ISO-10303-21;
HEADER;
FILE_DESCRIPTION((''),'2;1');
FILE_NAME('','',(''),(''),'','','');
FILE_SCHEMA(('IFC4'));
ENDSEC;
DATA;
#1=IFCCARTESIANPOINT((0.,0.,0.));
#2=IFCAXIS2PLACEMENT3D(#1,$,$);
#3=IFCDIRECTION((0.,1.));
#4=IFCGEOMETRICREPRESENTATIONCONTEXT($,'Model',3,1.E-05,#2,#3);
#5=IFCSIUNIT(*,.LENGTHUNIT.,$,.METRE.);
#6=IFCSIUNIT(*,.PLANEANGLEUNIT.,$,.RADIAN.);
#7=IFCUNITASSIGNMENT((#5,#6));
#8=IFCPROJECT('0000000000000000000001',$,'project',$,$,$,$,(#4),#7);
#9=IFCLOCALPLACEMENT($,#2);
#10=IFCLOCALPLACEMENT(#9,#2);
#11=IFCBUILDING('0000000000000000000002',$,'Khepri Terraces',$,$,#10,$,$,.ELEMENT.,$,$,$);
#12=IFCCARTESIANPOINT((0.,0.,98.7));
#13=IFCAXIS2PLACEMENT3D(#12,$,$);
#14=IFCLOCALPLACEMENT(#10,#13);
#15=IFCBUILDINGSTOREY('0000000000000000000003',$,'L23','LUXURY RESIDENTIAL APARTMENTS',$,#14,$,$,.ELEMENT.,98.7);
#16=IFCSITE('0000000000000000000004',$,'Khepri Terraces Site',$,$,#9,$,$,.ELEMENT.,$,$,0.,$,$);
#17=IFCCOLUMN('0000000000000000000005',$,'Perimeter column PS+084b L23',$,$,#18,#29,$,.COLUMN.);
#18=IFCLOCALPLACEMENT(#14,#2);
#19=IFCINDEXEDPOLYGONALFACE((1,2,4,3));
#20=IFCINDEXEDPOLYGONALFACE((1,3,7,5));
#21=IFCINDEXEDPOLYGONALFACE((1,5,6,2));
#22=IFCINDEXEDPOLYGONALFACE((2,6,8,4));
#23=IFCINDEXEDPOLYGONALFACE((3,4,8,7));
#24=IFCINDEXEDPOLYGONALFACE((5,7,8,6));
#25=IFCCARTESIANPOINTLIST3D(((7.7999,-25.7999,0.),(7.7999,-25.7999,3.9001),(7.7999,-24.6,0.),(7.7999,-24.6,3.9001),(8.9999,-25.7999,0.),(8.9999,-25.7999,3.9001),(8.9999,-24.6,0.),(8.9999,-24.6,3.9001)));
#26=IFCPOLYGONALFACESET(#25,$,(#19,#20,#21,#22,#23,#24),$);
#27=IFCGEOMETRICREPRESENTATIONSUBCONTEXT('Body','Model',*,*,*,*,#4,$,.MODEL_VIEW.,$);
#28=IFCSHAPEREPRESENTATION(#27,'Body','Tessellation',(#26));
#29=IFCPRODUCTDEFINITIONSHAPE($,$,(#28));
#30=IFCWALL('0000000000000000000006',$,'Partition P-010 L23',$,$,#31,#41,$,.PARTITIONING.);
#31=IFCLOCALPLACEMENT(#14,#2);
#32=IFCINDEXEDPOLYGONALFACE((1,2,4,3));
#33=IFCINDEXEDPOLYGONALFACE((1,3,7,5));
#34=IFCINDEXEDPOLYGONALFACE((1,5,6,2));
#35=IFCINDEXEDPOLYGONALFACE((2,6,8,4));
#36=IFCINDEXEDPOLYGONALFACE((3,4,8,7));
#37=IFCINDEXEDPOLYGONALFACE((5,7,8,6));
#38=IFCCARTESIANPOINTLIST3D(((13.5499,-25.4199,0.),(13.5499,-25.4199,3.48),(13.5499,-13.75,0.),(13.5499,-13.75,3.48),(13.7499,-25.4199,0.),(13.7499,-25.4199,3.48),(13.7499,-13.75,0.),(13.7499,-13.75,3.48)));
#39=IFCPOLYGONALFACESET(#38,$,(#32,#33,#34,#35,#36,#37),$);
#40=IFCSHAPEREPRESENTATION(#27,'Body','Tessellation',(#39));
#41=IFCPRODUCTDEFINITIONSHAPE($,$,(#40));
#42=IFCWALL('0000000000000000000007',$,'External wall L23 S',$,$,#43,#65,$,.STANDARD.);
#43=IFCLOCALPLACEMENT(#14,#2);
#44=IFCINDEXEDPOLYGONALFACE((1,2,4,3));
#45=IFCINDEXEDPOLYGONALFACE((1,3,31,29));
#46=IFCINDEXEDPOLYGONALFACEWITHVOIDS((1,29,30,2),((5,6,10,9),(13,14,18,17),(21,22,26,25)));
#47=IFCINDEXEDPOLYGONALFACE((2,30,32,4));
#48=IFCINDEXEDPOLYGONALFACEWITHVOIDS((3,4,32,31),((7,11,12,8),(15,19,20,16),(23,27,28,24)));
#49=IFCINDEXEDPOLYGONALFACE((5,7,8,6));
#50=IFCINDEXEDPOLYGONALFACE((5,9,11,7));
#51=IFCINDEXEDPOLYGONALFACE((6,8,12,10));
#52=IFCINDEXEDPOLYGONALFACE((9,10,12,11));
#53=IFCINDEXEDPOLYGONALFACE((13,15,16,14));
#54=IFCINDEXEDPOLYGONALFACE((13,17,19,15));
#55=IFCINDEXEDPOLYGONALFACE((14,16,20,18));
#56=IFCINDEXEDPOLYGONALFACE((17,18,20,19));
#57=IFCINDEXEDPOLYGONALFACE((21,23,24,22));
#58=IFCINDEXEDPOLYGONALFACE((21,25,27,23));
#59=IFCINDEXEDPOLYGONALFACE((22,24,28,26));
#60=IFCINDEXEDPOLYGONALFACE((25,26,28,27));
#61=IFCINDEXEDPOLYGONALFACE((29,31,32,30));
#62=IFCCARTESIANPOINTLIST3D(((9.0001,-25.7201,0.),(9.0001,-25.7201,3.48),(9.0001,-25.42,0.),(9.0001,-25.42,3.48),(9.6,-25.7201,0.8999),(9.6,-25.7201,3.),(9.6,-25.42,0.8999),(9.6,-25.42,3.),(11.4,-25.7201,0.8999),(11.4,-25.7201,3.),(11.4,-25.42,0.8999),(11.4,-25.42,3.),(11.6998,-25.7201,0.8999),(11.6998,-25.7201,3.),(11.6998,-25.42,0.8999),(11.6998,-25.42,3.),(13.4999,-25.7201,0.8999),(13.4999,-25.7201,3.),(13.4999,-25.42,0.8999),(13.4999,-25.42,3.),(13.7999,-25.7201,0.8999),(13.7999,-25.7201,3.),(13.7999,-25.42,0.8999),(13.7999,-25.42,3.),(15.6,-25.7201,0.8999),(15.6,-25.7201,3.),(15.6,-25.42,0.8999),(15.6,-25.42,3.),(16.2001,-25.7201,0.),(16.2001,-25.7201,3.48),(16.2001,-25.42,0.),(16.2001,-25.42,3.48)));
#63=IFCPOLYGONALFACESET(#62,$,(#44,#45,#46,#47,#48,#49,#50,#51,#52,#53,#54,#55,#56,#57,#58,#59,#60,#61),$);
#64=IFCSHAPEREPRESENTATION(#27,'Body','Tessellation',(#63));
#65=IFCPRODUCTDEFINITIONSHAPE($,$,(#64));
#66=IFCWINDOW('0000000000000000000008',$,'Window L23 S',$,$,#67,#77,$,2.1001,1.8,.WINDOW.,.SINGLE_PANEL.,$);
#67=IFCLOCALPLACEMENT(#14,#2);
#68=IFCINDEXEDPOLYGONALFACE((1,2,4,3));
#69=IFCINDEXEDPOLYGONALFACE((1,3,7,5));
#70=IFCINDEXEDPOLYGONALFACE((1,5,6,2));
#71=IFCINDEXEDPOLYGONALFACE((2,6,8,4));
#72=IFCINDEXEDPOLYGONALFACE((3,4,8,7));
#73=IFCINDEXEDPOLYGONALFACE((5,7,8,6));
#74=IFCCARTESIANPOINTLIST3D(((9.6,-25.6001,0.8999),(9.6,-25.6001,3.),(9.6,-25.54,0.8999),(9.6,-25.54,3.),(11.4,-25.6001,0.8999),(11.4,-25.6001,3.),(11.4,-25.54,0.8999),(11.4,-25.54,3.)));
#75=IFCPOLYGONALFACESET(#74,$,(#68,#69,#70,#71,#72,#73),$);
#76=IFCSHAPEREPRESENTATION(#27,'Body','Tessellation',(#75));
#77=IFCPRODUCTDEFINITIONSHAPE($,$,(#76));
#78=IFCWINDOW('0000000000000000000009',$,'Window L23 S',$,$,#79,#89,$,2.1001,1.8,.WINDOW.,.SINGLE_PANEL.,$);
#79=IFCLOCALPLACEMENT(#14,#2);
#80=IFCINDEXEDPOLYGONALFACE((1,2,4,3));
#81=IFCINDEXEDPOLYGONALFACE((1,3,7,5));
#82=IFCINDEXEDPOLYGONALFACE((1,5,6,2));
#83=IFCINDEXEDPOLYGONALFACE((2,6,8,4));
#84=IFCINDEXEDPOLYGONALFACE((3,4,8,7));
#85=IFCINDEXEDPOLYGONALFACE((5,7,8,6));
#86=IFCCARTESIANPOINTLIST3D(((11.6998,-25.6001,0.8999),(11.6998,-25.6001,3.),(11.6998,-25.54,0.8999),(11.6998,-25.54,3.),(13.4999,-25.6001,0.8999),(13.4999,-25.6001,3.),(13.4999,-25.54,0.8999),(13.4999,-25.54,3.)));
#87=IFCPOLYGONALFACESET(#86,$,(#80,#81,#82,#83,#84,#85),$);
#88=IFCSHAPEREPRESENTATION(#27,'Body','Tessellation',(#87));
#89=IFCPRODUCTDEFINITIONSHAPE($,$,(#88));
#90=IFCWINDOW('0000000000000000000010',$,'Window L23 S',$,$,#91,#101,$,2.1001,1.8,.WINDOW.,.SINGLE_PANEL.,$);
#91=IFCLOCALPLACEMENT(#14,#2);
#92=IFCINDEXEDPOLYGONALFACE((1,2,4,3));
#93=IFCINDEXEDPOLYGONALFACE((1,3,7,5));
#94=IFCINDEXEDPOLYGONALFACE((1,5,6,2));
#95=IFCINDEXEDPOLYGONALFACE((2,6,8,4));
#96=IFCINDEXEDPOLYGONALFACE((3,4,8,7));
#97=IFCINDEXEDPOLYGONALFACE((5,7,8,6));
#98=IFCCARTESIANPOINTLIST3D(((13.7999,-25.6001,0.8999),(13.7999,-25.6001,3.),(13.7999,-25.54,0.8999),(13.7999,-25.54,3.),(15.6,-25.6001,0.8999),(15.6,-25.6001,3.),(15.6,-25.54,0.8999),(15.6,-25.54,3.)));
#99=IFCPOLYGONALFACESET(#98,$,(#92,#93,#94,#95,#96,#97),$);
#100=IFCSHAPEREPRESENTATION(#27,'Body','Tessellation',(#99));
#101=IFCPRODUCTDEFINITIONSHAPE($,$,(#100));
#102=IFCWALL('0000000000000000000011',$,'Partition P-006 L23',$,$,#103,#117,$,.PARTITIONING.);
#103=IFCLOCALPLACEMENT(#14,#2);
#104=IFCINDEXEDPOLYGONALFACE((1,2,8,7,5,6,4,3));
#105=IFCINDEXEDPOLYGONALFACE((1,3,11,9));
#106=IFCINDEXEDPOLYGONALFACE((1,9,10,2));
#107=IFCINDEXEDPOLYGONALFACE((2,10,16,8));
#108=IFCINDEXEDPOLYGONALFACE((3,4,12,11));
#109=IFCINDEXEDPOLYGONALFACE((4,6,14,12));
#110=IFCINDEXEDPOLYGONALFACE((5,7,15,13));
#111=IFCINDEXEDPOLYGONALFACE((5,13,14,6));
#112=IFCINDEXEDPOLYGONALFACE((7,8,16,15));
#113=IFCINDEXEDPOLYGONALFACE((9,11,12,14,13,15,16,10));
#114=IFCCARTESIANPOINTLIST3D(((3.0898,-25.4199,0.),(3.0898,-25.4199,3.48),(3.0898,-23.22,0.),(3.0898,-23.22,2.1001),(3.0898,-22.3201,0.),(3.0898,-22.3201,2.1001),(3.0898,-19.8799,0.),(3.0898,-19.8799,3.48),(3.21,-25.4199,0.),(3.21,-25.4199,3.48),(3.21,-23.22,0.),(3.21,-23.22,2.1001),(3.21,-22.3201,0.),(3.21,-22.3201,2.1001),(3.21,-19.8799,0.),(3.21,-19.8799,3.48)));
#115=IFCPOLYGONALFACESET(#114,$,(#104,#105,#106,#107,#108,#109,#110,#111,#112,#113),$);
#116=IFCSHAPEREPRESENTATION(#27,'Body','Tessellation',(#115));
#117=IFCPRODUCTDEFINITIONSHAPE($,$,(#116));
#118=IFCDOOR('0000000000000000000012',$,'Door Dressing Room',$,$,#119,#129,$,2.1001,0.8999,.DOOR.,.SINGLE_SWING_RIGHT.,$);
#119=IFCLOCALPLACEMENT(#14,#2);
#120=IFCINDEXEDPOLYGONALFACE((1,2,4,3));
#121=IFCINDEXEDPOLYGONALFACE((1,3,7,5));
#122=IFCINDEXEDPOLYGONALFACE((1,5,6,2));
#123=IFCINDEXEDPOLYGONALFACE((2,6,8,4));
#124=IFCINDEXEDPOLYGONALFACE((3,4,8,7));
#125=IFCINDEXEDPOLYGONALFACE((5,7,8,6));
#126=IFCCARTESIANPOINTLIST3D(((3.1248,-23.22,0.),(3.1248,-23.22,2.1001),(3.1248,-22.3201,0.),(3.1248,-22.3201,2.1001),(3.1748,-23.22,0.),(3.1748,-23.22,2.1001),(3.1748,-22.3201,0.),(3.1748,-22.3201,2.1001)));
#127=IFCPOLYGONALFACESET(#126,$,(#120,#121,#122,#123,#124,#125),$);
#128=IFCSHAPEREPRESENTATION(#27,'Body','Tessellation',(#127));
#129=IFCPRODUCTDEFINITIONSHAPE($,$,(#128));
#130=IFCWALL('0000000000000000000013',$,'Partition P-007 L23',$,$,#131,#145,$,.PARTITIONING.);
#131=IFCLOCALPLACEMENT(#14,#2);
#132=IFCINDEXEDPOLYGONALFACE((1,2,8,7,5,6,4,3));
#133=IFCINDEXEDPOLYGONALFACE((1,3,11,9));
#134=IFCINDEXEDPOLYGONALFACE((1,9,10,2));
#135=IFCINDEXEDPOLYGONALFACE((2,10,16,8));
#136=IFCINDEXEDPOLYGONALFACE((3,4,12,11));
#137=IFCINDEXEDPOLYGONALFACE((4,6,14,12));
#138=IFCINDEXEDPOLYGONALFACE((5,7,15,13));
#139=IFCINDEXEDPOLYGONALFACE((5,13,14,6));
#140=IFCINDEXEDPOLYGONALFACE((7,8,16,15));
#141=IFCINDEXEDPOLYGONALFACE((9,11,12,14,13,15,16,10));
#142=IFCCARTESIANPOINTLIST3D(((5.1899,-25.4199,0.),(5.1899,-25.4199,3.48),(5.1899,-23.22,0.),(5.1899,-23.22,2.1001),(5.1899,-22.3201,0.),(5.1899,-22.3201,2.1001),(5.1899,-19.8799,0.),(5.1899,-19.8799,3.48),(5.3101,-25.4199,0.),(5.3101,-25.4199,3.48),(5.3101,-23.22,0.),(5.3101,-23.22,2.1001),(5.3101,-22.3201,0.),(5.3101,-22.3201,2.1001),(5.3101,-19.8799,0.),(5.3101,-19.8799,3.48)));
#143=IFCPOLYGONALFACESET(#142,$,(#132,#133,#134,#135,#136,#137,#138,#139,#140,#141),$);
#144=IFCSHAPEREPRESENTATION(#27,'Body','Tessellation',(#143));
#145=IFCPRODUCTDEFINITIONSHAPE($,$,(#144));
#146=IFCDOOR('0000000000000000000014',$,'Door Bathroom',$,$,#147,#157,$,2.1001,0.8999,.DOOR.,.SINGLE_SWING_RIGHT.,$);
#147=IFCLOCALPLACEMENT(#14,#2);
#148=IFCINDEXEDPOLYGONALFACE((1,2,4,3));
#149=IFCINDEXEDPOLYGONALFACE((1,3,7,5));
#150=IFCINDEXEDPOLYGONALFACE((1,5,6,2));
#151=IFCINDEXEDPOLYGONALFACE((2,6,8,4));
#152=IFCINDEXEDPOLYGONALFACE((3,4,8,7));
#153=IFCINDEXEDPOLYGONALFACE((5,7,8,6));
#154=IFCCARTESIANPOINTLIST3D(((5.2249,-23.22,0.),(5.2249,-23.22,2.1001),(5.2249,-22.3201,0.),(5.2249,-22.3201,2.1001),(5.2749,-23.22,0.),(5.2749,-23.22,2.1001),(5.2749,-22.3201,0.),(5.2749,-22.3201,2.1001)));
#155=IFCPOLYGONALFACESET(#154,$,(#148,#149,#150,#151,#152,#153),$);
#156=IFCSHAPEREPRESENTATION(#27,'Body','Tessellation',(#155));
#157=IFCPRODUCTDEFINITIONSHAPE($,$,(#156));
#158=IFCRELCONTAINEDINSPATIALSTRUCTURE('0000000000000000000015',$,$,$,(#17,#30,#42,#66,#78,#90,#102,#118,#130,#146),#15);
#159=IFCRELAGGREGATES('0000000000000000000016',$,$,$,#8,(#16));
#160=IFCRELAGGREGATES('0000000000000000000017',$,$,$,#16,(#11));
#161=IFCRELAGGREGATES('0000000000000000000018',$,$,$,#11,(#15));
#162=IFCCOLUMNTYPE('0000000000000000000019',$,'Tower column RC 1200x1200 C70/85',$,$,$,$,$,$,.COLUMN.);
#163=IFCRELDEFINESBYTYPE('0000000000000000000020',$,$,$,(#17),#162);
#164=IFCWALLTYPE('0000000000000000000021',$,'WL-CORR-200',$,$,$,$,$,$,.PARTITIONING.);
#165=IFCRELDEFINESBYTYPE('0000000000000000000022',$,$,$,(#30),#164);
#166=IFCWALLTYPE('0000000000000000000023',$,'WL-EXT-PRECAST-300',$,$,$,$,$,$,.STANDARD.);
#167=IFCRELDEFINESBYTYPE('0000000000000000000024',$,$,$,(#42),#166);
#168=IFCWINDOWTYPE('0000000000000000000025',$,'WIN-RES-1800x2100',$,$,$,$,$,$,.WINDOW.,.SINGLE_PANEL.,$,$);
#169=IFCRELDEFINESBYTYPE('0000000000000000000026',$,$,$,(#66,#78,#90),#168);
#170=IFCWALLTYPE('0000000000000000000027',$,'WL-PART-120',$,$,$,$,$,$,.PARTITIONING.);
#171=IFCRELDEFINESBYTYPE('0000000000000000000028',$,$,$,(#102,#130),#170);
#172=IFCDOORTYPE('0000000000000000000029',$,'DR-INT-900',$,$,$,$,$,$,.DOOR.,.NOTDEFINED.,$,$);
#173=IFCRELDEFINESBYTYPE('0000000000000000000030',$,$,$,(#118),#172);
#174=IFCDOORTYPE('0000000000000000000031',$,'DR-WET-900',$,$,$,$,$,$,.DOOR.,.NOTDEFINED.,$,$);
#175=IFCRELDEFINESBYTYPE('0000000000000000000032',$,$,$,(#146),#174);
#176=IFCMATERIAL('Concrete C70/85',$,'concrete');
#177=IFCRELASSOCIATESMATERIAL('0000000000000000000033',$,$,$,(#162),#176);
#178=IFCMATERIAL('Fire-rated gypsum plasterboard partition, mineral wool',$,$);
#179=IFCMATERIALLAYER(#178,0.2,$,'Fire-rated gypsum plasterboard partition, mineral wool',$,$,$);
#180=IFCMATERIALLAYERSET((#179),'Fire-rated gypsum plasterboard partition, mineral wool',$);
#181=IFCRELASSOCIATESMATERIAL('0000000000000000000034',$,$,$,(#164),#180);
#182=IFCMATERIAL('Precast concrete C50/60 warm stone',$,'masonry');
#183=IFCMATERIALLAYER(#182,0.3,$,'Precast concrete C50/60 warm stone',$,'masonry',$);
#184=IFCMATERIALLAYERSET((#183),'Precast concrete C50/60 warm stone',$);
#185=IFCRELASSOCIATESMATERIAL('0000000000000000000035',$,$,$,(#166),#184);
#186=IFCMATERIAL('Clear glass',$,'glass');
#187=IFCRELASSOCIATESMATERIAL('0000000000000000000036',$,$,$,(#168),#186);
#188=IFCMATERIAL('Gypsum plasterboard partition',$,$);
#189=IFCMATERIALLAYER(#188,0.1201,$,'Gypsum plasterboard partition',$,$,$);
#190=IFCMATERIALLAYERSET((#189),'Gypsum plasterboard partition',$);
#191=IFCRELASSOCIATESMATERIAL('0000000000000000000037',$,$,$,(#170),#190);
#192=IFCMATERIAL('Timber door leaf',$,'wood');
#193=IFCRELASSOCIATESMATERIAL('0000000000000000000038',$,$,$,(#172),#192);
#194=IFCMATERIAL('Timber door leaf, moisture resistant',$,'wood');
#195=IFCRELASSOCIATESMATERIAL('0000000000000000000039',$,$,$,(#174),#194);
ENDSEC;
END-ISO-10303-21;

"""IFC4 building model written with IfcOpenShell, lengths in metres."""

from ifc_helpers import new_model, si_unit, direction, frame, frame_2d, origin, origin_2d, place, context, subcontext, project, spatial, rectangle, extrude, material, layer, layer_set, material_profile, profile_set, type_object, element, fill, save


model = new_model("IFC4")

# Units and contexts
model_context = context("Model", 3, precision=1e-05, world=origin(), true_north=direction((0.0, 1.0)))
body_context = subcontext(model_context, "Body", "Model", "MODEL_VIEW")
ifc_project = project(units=[si_unit("LENGTHUNIT", "METRE"), si_unit("PLANEANGLEUNIT", "RADIAN")], contexts=[model_context])

# Site, building, storey
site_placement = place(None, origin())
site = spatial("IfcSite", under=ifc_project, at=site_placement, Name="Khepri Terraces Site", CompositionType="ELEMENT", RefElevation=0.0)
building_placement = place(site_placement, origin())
building = spatial("IfcBuilding", under=site, at=building_placement, Name="Khepri Terraces", CompositionType="ELEMENT")
storey_placement = place(building_placement, frame((0.0, 0.0, 98.7)))
storey = spatial("IfcBuildingStorey", under=building, at=storey_placement, Name="L23", Description="LUXURY RESIDENTIAL APARTMENTS", CompositionType="ELEMENT", Elevation=98.7)

# Column
ifc_material_1 = material(Name="Concrete C70/85", Category="concrete")
ifc_material_profile = material_profile(ifc_material_1, rectangle(XDim=1.2, YDim=1.2, at=origin_2d()), Name="Concrete C70/85", Category="concrete")
ifc_profile_set = profile_set([ifc_material_profile], Name="Concrete C70/85")
column_type = type_object("IfcColumnType", Name="Tower column RC 1200x1200 C70/85", PredefinedType="COLUMN", material=ifc_profile_set)
column_placement = place(storey_placement, frame((8.3999, -25.2, 0.0), z_axis=(0.0, 0.0, 1.0), x_axis=(1.0, 0.0, 0.0)))
element("IfcColumn", 1, at=column_placement, inside=storey, type_object=column_type, Name="Perimeter column PS+084b L23", PredefinedType="COLUMN", context=body_context, shape_type="SweptSolid", body=[
    extrude(rectangle(XDim=1.2, YDim=1.2, at=origin_2d()), origin(), (0.0, 0.0, 1.0), 3.9001),
])

# Wall
ifc_material_2 = material(Name="Fire-rated gypsum plasterboard partition, mineral wool")
ifc_layer_1 = layer(ifc_material_2, 0.2, Name="Fire-rated gypsum plasterboard partition, mineral wool")
ifc_layer_set_1 = layer_set([ifc_layer_1], Name="Fire-rated gypsum plasterboard partition, mineral wool")
wall_type_1 = type_object("IfcWallType", Name="WL-CORR-200", PredefinedType="PARTITIONING", material=ifc_layer_set_1)
wall_1_placement = place(storey_placement, frame((13.6499, -25.4199, 0.0), z_axis=(0.0, 0.0, 1.0), x_axis=(0.0, 1.0, 0.0)))
element("IfcWall", 2, at=wall_1_placement, inside=storey, type_object=wall_type_1, Name="Partition P-010 L23", PredefinedType="PARTITIONING", context=body_context, shape_type="SweptSolid", body=[
    extrude(rectangle(XDim=11.6699, YDim=0.2, at=frame_2d((5.835, 0.0))), origin(), (0.0, 0.0, 1.0), 3.48),
])

# Shared definitions
ifc_material_3 = material(Name="Precast concrete C50/60 warm stone", Category="masonry")
ifc_layer_2 = layer(ifc_material_3, 0.3, Name="Precast concrete C50/60 warm stone", Category="masonry")
ifc_layer_set_2 = layer_set([ifc_layer_2], Name="Precast concrete C50/60 warm stone")
wall_type_2 = type_object("IfcWallType", Name="WL-EXT-PRECAST-300", PredefinedType="STANDARD", material=ifc_layer_set_2)
ifc_material_4 = material(Name="Clear glass", Category="glass")
window_type = type_object("IfcWindowType", Name="WIN-RES-1800x2100", PartitioningType="SINGLE_PANEL", PredefinedType="WINDOW", material=ifc_material_4)

# Wall, openings, windows
wall_2_placement = place(storey_placement, frame((9.0, -25.5701, 0.0), z_axis=(0.0, 0.0, 1.0), x_axis=(1.0, 0.0, 0.0)))
wall_2 = element("IfcWall", 3, at=wall_2_placement, inside=storey, type_object=wall_type_2, Name="External wall L23 S", PredefinedType="STANDARD", context=body_context, shape_type="SweptSolid", body=[
    extrude(rectangle(XDim=7.2, YDim=0.3, at=frame_2d((3.6001, 0.0))), origin(), (0.0, 0.0, 1.0), 3.48),
])
opening_1_placement = place(wall_2_placement, frame((0.6001, 0.0, 0.8999)))
opening_1 = element("IfcOpeningElement", 4, at=opening_1_placement, cuts=wall_2, PredefinedType="OPENING", context=body_context, shape_type="SweptSolid", body=[
    extrude(rectangle(XDim=1.8, YDim=2.1001, at=frame_2d((0.8999, 1.05))), frame((0.0, 0.1602, 0.0), z_axis=(0.0, -1.0, 0.0), x_axis=(1.0, 0.0, 0.0)), (0.0, 0.0, 1.0), 0.3201),
])
opening_2_placement = place(wall_2_placement, frame((2.7, 0.0, 0.8999)))
opening_2 = element("IfcOpeningElement", 5, at=opening_2_placement, cuts=wall_2, PredefinedType="OPENING", context=body_context, shape_type="SweptSolid", body=[
    extrude(rectangle(XDim=1.8, YDim=2.1001, at=frame_2d((0.8999, 1.05))), frame((0.0, 0.1602, 0.0), z_axis=(0.0, -1.0, 0.0), x_axis=(1.0, 0.0, 0.0)), (0.0, 0.0, 1.0), 0.3201),
])
opening_3_placement = place(wall_2_placement, frame((4.8, 0.0, 0.8999)))
opening_3 = element("IfcOpeningElement", 6, at=opening_3_placement, cuts=wall_2, PredefinedType="OPENING", context=body_context, shape_type="SweptSolid", body=[
    extrude(rectangle(XDim=1.8, YDim=2.1001, at=frame_2d((0.8999, 1.05))), frame((0.0, 0.1602, 0.0), z_axis=(0.0, -1.0, 0.0), x_axis=(1.0, 0.0, 0.0)), (0.0, 0.0, 1.0), 0.3201),
])
window_1_placement = place(opening_1_placement, origin())
window_1 = element("IfcWindow", 7, at=window_1_placement, inside=storey, type_object=window_type, Name="Window L23 S", OverallHeight=2.1001, OverallWidth=1.8, PartitioningType="SINGLE_PANEL", PredefinedType="WINDOW", context=body_context, shape_type="SweptSolid", body=[
    extrude(rectangle(XDim=1.8, YDim=2.1001, at=frame_2d((0.8999, 1.05))), frame((0.0, 0.03, 0.0), z_axis=(0.0, -1.0, 0.0), x_axis=(1.0, 0.0, 0.0)), (0.0, 0.0, 1.0), 0.0601),
])
fill(opening_1, window_1)
window_2_placement = place(opening_2_placement, origin())
window_2 = element("IfcWindow", 8, at=window_2_placement, inside=storey, type_object=window_type, Name="Window L23 S", OverallHeight=2.1001, OverallWidth=1.8, PartitioningType="SINGLE_PANEL", PredefinedType="WINDOW", context=body_context, shape_type="SweptSolid", body=[
    extrude(rectangle(XDim=1.8, YDim=2.1001, at=frame_2d((0.8999, 1.05))), frame((0.0, 0.03, 0.0), z_axis=(0.0, -1.0, 0.0), x_axis=(1.0, 0.0, 0.0)), (0.0, 0.0, 1.0), 0.0601),
])
fill(opening_2, window_2)
window_3_placement = place(opening_3_placement, origin())
window_3 = element("IfcWindow", 9, at=window_3_placement, inside=storey, type_object=window_type, Name="Window L23 S", OverallHeight=2.1001, OverallWidth=1.8, PartitioningType="SINGLE_PANEL", PredefinedType="WINDOW", context=body_context, shape_type="SweptSolid", body=[
    extrude(rectangle(XDim=1.8, YDim=2.1001, at=frame_2d((0.8999, 1.05))), frame((0.0, 0.03, 0.0), z_axis=(0.0, -1.0, 0.0), x_axis=(1.0, 0.0, 0.0)), (0.0, 0.0, 1.0), 0.0601),
])
fill(opening_3, window_3)

# Walls, openings, doors
ifc_material_5 = material(Name="Gypsum plasterboard partition")
ifc_layer_3 = layer(ifc_material_5, 0.1201, Name="Gypsum plasterboard partition")
ifc_layer_set_3 = layer_set([ifc_layer_3], Name="Gypsum plasterboard partition")
wall_type_3 = type_object("IfcWallType", Name="WL-PART-120", PredefinedType="PARTITIONING", material=ifc_layer_set_3)
wall_3_placement = place(storey_placement, frame((3.1499, -25.4199, 0.0), z_axis=(0.0, 0.0, 1.0), x_axis=(0.0, 1.0, 0.0)))
wall_3 = element("IfcWall", 10, at=wall_3_placement, inside=storey, type_object=wall_type_3, Name="Partition P-006 L23", PredefinedType="PARTITIONING", context=body_context, shape_type="SweptSolid", body=[
    extrude(rectangle(XDim=5.54, YDim=0.1201, at=frame_2d((2.77, 0.0))), origin(), (0.0, 0.0, 1.0), 3.48),
])
opening_4_placement = place(wall_3_placement, frame((2.2, 0.0, 0.0)))
opening_4 = element("IfcOpeningElement", 11, at=opening_4_placement, cuts=wall_3, PredefinedType="OPENING", context=body_context, shape_type="SweptSolid", body=[
    extrude(rectangle(XDim=0.8999, YDim=2.1001, at=frame_2d((0.45, 1.05))), frame((0.0, 0.0701, 0.0), z_axis=(0.0, -1.0, 0.0), x_axis=(1.0, 0.0, 0.0)), (0.0, 0.0, 1.0), 0.1401),
])
ifc_material_6 = material(Name="Timber door leaf", Category="wood")
door_type_1 = type_object("IfcDoorType", Name="DR-INT-900", OperationType="NOTDEFINED", PredefinedType="DOOR", material=ifc_material_6)
door_1_placement = place(opening_4_placement, frame((0.8999, 0.0, 0.0), z_axis=(0.0, 0.0, 1.0), x_axis=(-1.0, 0.0, 0.0)))
door_1 = element("IfcDoor", 12, at=door_1_placement, inside=storey, type_object=door_type_1, Name="Door Dressing Room", OperationType="SINGLE_SWING_RIGHT", OverallHeight=2.1001, OverallWidth=0.8999, PredefinedType="DOOR", context=body_context, shape_type="SweptSolid", body=[
    extrude(rectangle(XDim=0.8999, YDim=2.1001, at=frame_2d((0.45, 1.05))), frame((0.0, 0.0249, 0.0), z_axis=(0.0, -1.0, 0.0), x_axis=(1.0, 0.0, 0.0)), (0.0, 0.0, 1.0), 0.05),
])
fill(opening_4, door_1)
wall_4_placement = place(storey_placement, frame((5.25, -25.4199, 0.0), z_axis=(0.0, 0.0, 1.0), x_axis=(0.0, 1.0, 0.0)))
wall_4 = element("IfcWall", 13, at=wall_4_placement, inside=storey, type_object=wall_type_3, Name="Partition P-007 L23", PredefinedType="PARTITIONING", context=body_context, shape_type="SweptSolid", body=[
    extrude(rectangle(XDim=5.54, YDim=0.1201, at=frame_2d((2.77, 0.0))), origin(), (0.0, 0.0, 1.0), 3.48),
])
opening_5_placement = place(wall_4_placement, frame((2.2, 0.0, 0.0)))
opening_5 = element("IfcOpeningElement", 14, at=opening_5_placement, cuts=wall_4, PredefinedType="OPENING", context=body_context, shape_type="SweptSolid", body=[
    extrude(rectangle(XDim=0.8999, YDim=2.1001, at=frame_2d((0.45, 1.05))), frame((0.0, 0.0701, 0.0), z_axis=(0.0, -1.0, 0.0), x_axis=(1.0, 0.0, 0.0)), (0.0, 0.0, 1.0), 0.1401),
])
ifc_material_7 = material(Name="Timber door leaf, moisture resistant", Category="wood")
door_type_2 = type_object("IfcDoorType", Name="DR-WET-900", OperationType="NOTDEFINED", PredefinedType="DOOR", material=ifc_material_7)
door_2_placement = place(opening_5_placement, frame((0.8999, 0.0, 0.0), z_axis=(0.0, 0.0, 1.0), x_axis=(-1.0, 0.0, 0.0)))
door_2 = element("IfcDoor", 15, at=door_2_placement, inside=storey, type_object=door_type_2, Name="Door Bathroom", OperationType="SINGLE_SWING_RIGHT", OverallHeight=2.1001, OverallWidth=0.8999, PredefinedType="DOOR", context=body_context, shape_type="SweptSolid", body=[
    extrude(rectangle(XDim=0.8999, YDim=2.1001, at=frame_2d((0.45, 1.05))), frame((0.0, 0.0249, 0.0), z_axis=(0.0, -1.0, 0.0), x_axis=(1.0, 0.0, 0.0)), (0.0, 0.0, 1.0), 0.05),
])
fill(opening_5, door_2)

save(model, "model.ifc")
